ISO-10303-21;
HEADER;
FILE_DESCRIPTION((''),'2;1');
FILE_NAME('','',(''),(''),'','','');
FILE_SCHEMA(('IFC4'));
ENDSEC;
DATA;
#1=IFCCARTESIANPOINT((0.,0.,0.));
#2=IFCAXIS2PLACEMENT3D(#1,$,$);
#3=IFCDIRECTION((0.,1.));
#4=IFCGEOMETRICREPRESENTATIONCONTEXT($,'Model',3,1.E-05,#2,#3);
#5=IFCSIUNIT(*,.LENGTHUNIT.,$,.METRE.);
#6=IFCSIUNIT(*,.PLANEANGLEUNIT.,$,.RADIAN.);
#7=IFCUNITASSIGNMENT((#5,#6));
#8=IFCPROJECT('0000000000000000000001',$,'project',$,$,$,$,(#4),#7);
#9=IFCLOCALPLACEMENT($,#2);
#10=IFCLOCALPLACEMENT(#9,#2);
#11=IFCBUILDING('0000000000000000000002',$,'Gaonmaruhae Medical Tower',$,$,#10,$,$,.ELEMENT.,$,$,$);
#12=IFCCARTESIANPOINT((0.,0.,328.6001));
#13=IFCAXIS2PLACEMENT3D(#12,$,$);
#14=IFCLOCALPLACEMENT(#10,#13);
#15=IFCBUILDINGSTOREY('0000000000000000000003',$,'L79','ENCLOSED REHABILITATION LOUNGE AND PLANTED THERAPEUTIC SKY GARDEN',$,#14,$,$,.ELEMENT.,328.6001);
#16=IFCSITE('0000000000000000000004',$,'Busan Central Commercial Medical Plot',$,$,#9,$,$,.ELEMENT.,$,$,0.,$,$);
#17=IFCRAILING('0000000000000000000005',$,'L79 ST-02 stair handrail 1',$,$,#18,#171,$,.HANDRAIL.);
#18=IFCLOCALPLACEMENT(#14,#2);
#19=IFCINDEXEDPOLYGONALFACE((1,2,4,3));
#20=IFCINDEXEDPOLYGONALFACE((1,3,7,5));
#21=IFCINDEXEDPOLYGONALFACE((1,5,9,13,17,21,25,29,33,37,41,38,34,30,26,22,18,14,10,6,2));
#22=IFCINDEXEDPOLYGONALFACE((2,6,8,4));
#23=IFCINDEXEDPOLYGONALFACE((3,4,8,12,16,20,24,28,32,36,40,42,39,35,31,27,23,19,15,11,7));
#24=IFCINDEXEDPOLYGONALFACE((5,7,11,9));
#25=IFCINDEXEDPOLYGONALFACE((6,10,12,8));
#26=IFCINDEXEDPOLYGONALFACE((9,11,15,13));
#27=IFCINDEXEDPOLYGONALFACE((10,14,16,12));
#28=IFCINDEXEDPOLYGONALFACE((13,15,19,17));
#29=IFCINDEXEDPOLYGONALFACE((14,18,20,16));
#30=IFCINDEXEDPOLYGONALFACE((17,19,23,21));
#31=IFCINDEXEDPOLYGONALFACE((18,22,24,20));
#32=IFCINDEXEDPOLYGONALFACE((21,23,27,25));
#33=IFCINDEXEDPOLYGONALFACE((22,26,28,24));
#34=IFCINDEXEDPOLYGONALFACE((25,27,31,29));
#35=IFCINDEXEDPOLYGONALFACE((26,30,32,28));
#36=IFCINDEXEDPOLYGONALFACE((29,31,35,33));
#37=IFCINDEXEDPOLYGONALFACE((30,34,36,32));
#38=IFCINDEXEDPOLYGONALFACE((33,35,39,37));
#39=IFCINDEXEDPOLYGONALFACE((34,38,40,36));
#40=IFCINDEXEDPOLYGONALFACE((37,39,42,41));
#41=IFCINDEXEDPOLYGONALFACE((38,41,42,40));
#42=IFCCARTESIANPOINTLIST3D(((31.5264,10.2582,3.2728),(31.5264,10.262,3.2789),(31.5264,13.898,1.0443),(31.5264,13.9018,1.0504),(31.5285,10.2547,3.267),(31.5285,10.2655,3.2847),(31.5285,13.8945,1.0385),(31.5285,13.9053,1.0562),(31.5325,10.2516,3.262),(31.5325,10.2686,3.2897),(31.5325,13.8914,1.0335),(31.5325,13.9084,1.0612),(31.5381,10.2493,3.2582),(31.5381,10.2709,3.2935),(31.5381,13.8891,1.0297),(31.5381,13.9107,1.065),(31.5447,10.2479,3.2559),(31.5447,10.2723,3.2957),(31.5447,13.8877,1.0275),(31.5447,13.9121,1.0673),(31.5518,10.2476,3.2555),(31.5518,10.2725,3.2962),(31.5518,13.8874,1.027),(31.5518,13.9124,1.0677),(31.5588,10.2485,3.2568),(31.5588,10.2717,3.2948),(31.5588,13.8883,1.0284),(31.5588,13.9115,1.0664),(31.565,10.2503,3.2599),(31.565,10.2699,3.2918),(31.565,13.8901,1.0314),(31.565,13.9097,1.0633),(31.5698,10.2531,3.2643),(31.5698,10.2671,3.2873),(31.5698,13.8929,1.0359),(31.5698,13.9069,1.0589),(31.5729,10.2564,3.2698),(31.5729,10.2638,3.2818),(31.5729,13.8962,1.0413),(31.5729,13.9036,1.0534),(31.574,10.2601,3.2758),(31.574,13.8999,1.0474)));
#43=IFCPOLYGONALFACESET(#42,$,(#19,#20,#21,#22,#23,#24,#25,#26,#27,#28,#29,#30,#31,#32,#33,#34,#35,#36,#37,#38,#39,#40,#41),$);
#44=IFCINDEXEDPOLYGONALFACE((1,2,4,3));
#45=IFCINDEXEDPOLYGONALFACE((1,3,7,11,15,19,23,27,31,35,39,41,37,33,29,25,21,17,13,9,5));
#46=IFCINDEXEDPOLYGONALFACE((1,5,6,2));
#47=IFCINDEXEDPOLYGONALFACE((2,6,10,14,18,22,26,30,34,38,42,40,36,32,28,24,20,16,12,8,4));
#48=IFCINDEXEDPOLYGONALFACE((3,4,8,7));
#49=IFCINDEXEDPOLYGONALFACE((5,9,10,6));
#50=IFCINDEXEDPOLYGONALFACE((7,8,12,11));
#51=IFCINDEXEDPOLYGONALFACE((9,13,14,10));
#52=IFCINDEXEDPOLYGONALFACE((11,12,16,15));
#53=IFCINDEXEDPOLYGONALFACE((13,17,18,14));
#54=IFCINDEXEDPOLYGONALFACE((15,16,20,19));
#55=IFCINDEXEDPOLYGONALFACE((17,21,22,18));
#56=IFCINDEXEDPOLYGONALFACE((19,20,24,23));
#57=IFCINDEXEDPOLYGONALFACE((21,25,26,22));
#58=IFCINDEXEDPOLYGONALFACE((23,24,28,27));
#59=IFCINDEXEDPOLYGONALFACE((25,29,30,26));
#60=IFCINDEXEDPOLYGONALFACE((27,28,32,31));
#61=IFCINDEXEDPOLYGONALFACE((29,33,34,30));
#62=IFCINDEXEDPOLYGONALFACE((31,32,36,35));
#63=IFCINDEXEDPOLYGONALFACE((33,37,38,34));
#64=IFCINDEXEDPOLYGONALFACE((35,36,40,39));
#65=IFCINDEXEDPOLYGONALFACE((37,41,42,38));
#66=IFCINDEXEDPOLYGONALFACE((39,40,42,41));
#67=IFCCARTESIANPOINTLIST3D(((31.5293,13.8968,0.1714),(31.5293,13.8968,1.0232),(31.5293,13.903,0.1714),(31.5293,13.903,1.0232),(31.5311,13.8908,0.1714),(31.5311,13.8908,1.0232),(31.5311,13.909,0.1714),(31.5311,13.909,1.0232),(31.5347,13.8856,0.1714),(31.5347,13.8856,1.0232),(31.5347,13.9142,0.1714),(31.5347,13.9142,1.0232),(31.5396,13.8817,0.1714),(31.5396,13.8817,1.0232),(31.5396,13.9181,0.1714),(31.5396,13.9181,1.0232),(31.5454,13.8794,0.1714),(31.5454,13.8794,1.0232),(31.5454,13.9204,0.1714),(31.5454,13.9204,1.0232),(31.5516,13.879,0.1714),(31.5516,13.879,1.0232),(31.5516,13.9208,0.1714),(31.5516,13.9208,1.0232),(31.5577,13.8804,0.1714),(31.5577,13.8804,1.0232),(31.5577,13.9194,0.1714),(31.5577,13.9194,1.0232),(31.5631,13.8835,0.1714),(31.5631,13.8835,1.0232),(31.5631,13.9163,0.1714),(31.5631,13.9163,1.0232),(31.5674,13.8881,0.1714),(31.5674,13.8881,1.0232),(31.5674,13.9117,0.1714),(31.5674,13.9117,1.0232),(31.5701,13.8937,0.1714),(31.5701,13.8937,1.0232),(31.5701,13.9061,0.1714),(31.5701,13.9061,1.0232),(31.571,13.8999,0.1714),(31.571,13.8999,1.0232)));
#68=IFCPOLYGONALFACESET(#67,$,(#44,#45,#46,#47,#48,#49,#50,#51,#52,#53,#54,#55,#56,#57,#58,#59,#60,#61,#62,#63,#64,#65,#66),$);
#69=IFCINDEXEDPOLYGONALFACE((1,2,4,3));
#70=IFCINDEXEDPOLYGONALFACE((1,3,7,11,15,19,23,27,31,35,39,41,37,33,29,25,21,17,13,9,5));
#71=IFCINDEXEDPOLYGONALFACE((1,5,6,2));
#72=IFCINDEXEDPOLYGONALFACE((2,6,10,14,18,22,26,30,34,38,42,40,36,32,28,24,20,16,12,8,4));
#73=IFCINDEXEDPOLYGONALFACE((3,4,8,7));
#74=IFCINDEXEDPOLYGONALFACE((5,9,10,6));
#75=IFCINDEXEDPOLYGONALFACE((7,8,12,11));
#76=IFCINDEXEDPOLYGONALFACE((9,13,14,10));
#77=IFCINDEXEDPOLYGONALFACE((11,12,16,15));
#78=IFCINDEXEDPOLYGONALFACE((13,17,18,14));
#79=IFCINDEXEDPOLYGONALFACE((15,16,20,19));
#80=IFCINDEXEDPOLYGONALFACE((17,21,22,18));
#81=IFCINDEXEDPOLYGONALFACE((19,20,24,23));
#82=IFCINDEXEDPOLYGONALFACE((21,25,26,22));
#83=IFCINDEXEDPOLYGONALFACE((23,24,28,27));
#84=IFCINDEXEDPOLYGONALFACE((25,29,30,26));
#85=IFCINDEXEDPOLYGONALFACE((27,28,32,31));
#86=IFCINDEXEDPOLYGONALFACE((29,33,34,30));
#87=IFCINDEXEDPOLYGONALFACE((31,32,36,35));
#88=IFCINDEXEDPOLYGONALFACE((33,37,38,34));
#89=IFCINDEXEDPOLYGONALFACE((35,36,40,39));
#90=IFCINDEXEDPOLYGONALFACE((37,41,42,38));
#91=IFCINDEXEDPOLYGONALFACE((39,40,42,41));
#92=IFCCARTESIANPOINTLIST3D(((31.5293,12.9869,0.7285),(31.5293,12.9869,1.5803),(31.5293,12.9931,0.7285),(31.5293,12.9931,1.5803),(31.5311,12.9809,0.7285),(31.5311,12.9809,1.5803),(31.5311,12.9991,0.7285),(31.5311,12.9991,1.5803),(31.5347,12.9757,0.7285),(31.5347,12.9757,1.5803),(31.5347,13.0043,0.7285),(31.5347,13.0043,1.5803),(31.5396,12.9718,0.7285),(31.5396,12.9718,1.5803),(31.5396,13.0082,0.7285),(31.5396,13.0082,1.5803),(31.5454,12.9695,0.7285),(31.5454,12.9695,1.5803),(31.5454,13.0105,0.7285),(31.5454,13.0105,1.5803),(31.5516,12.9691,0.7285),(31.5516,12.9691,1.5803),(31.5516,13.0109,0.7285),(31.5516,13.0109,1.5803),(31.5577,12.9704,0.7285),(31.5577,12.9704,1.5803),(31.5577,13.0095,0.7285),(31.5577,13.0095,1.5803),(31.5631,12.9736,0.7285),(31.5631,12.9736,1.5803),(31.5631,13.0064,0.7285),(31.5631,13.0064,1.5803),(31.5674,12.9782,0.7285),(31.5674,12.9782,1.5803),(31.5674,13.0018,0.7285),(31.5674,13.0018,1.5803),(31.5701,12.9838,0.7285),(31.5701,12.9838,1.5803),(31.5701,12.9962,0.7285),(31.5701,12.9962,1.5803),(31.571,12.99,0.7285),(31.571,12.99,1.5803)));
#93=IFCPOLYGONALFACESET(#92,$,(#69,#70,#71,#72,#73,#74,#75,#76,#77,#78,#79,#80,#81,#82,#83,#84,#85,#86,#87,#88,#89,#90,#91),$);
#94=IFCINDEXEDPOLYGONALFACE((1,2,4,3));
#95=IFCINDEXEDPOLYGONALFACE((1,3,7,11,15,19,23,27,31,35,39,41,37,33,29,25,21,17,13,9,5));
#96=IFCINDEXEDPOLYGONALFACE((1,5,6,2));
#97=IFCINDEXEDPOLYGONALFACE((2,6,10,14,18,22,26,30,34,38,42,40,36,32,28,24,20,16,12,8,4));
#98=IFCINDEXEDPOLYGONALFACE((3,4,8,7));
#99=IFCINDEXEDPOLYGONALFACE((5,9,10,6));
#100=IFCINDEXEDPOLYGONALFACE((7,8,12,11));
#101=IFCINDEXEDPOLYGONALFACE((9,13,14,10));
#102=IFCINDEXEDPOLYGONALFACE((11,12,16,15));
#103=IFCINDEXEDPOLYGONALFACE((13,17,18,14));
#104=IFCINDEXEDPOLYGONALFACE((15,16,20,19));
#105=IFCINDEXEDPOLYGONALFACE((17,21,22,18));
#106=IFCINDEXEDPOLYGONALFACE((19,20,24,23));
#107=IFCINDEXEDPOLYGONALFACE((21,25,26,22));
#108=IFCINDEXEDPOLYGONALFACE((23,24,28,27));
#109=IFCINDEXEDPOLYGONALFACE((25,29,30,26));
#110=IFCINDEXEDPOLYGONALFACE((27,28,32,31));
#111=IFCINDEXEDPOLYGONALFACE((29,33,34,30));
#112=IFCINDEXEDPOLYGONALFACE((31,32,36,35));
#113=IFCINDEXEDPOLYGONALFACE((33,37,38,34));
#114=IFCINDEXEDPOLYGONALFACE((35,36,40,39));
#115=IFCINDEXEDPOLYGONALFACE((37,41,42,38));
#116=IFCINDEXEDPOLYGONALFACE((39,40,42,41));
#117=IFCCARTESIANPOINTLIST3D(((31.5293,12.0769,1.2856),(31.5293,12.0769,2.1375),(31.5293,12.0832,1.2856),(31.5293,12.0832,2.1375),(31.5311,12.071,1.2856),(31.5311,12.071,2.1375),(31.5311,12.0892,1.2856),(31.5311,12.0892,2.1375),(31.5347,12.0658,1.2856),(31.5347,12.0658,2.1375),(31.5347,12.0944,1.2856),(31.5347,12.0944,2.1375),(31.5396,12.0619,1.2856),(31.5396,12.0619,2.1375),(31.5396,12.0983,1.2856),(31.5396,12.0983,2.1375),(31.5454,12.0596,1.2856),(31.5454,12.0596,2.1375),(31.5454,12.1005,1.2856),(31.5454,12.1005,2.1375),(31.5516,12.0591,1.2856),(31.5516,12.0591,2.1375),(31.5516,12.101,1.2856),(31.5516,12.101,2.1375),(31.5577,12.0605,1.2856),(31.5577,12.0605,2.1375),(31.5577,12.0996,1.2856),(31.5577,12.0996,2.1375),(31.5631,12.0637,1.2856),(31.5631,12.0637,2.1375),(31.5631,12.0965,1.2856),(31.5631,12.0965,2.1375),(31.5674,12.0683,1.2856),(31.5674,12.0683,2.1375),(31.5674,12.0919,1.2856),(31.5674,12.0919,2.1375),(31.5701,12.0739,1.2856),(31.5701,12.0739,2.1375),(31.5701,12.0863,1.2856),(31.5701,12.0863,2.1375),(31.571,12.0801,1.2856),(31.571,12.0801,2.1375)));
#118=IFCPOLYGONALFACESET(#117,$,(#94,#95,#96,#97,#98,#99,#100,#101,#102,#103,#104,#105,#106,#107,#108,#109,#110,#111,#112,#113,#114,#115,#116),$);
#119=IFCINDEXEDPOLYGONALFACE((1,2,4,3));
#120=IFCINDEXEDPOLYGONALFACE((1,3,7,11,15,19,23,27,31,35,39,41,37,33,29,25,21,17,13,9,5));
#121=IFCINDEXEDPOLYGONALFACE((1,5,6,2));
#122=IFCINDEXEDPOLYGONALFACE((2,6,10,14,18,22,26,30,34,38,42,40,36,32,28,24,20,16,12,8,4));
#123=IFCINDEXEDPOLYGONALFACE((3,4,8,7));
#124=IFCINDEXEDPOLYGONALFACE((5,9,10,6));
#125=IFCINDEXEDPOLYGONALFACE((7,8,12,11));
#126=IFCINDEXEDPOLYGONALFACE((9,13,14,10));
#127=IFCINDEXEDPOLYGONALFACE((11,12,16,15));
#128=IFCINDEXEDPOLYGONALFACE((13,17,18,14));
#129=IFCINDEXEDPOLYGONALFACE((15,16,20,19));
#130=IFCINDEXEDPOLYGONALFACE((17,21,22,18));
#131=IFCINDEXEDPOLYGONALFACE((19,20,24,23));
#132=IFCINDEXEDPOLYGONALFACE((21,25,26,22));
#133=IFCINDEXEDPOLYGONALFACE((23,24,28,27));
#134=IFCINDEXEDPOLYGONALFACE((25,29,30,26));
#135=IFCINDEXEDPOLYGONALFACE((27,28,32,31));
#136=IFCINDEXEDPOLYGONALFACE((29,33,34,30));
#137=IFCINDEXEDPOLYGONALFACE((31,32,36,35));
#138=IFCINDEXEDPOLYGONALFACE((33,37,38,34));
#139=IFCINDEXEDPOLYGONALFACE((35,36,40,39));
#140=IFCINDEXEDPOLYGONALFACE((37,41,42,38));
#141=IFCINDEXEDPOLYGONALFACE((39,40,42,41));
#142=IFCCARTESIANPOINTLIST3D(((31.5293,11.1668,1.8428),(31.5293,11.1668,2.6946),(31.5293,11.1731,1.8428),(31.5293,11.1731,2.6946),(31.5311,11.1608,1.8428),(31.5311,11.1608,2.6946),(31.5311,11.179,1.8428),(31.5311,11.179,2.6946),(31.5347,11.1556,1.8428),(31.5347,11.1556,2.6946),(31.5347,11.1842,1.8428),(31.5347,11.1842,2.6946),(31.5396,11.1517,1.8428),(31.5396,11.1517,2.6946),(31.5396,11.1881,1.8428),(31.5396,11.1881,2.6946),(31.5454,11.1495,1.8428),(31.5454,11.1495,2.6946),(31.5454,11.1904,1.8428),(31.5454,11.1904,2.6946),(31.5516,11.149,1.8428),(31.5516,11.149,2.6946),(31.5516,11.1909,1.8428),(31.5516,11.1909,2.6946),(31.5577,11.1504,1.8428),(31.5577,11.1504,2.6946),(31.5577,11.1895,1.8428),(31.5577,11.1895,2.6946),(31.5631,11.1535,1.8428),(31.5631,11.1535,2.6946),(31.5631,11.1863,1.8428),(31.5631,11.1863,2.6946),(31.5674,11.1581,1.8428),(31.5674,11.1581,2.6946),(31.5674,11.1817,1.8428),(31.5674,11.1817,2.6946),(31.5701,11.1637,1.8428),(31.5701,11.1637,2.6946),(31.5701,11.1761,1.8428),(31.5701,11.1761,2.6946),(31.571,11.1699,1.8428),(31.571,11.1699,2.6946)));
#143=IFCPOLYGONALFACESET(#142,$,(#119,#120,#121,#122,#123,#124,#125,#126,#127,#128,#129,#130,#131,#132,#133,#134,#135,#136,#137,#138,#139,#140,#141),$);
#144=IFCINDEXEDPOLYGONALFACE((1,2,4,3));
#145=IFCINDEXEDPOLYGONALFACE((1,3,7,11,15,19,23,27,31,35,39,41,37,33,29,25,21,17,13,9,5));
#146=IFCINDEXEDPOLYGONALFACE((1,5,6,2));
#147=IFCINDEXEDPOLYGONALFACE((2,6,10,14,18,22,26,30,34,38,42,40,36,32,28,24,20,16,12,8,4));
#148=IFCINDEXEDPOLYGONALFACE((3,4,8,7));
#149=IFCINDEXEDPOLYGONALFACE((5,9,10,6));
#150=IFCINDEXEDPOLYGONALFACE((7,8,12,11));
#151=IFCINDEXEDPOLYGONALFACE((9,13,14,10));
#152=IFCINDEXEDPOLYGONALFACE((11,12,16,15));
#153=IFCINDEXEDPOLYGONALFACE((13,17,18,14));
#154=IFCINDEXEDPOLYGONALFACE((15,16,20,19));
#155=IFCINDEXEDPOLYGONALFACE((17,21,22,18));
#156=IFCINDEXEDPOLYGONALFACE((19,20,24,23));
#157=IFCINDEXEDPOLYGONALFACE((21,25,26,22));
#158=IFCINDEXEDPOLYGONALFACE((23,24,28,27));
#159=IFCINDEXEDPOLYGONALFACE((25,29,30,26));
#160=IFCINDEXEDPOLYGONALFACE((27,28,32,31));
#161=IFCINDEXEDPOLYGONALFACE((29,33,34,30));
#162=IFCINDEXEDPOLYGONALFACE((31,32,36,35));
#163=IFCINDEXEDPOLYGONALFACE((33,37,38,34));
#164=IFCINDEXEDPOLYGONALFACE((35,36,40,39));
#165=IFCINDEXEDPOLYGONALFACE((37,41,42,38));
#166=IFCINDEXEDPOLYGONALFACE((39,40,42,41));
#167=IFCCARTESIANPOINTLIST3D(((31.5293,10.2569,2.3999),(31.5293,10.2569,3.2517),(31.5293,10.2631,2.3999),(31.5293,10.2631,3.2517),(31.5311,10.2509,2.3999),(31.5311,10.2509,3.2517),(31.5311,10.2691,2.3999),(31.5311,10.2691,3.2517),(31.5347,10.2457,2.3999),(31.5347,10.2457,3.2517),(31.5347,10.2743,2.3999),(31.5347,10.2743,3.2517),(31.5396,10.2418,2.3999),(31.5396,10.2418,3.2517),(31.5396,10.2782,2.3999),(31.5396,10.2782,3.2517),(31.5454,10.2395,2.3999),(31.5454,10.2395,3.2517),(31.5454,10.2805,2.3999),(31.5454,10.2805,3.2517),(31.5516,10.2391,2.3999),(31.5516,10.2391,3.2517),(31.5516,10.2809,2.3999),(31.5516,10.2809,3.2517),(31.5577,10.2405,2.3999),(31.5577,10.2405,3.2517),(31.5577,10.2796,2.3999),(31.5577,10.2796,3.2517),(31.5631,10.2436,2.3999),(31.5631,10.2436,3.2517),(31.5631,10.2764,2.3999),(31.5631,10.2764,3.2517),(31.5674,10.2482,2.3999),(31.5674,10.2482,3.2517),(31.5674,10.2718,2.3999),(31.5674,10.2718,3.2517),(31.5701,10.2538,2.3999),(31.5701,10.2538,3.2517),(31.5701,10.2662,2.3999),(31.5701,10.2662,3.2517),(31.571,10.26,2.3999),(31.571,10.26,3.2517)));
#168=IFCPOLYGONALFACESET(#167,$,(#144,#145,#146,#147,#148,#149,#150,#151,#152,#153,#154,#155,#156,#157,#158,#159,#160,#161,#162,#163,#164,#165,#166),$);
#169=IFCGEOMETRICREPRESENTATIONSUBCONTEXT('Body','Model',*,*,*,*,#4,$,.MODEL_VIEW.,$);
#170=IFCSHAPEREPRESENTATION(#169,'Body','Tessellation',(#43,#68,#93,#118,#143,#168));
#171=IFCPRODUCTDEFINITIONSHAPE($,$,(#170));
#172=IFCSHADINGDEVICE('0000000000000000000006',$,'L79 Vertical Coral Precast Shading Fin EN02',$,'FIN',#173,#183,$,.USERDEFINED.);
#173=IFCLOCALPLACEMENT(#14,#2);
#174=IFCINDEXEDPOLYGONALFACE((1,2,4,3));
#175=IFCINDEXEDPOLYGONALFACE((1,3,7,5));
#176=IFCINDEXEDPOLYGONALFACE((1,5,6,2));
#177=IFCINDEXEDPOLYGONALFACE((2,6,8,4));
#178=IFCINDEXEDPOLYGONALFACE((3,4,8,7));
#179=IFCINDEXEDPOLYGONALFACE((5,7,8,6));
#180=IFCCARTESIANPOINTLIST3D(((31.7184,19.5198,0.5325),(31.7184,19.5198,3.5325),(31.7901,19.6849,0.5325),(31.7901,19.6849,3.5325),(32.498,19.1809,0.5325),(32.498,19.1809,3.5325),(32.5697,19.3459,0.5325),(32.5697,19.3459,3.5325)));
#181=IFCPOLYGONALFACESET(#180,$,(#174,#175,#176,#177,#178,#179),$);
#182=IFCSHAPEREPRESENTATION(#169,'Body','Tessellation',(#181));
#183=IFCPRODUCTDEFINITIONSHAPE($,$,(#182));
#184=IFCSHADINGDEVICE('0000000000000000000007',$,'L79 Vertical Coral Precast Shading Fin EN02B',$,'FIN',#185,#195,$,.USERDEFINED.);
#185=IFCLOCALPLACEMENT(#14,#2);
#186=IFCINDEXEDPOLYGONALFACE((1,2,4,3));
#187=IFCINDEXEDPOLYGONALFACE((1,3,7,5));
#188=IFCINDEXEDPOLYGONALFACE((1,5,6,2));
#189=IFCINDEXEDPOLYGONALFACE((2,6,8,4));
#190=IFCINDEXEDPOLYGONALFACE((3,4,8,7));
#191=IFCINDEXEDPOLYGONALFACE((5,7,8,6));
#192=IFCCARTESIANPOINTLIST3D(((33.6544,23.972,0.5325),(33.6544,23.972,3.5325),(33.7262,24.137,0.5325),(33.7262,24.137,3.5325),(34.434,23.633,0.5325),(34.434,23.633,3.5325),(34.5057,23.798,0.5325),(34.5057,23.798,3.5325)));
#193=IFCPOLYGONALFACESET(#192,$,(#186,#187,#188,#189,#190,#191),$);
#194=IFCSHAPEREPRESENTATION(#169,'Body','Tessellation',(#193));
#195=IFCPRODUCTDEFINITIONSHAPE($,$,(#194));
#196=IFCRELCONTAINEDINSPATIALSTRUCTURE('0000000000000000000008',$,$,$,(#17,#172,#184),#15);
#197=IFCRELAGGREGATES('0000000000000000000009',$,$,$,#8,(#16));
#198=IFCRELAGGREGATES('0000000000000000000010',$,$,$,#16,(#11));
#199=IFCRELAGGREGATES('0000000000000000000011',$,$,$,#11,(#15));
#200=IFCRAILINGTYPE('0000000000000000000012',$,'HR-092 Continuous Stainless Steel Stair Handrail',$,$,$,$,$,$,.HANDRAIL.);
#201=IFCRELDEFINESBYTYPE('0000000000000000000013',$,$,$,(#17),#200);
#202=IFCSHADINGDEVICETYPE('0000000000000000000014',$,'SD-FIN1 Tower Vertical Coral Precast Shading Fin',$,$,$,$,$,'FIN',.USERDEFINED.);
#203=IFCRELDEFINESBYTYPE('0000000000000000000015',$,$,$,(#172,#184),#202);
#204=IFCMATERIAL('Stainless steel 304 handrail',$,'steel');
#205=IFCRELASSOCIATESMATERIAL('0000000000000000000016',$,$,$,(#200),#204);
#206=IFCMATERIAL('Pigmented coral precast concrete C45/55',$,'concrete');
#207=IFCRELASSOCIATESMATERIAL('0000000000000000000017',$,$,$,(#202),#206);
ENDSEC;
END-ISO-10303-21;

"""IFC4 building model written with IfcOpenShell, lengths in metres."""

from ifc_helpers import new_model, si_unit, direction, frame, origin, origin_2d, place, context, subcontext, project, spatial, rectangle, circle, extrude, material, type_object, element, save


model = new_model("IFC4")

# Units and contexts
model_context = context("Model", 3, precision=1e-05, world=origin(), true_north=direction((0.0, 1.0)))
body_context = subcontext(model_context, "Body", "Model", "MODEL_VIEW")
ifc_project = project(units=[si_unit("LENGTHUNIT", "METRE"), si_unit("PLANEANGLEUNIT", "RADIAN")], contexts=[model_context])

# Site, building, storey
site_placement = place(None, origin())
site = spatial("IfcSite", under=ifc_project, at=site_placement, Name="Busan Central Commercial Medical Plot", CompositionType="ELEMENT", RefElevation=0.0)
building_placement = place(site_placement, origin())
building = spatial("IfcBuilding", under=site, at=building_placement, Name="Gaonmaruhae Medical Tower", CompositionType="ELEMENT")
storey_placement = place(building_placement, frame((0.0, 0.0, 328.6001)))
storey = spatial("IfcBuildingStorey", under=building, at=storey_placement, Name="L79", Description="ENCLOSED REHABILITATION LOUNGE AND PLANTED THERAPEUTIC SKY GARDEN", CompositionType="ELEMENT", Elevation=328.6001)

# Railing
ifc_material_1 = material(Name="Stainless steel 304 handrail", Category="steel")
railing_type_1 = type_object("IfcRailingType", Name="HR-092 Continuous Stainless Steel Stair Handrail", PredefinedType="HANDRAIL", material=ifc_material_1)
railing_1_placement = place(storey_placement, frame((31.55, 13.8999, 0.1714)))
element("IfcRailing", 1, at=railing_1_placement, inside=storey, type_object=railing_type_1, Name="L79 ST-02 stair handrail 1", PredefinedType="HANDRAIL", context=body_context, shape_type="SweptSolid", body=[
    extrude(circle(Radius=0.0239, at=origin_2d()), frame((0.0, 0.0, 0.876), z_axis=(0.0, -0.85285, 0.522156), x_axis=(1.0, 0.0, 0.0)), (0.0, 0.0, 1.0), 4.2678),
    extrude(circle(Radius=0.021, at=origin_2d()), origin(), (0.0, 0.0, 1.0), 0.8518),
    extrude(circle(Radius=0.021, at=origin_2d()), frame((0.0, -0.9099, 0.5571)), (0.0, 0.0, 1.0), 0.8518),
    extrude(circle(Radius=0.021, at=origin_2d()), frame((0.0, -1.8198, 1.1143)), (0.0, 0.0, 1.0), 0.8518),
    extrude(circle(Radius=0.021, at=origin_2d()), frame((0.0, -2.73, 1.6714)), (0.0, 0.0, 1.0), 0.8518),
    extrude(circle(Radius=0.021, at=origin_2d()), frame((0.0, -3.6399, 2.2285)), (0.0, 0.0, 1.0), 0.8518),
])

# Shading devices
ifc_material_2 = material(Name="Pigmented coral precast concrete C45/55", Category="concrete")
shading_device_type = type_object("IfcShadingDeviceType", Name="SD-FIN1 Tower Vertical Coral Precast Shading Fin", ElementType="FIN", PredefinedType="USERDEFINED", material=ifc_material_2)
for number, where, z_axis, x_axis, name in (
    (2, (32.144, 19.4329, 0.5325), (0.0, 0.0, 1.0), (0.398749, 0.91706, 0.0), "L79 Vertical Coral Precast Shading Fin EN02"),
    (3, (34.0801, 23.885, 0.5325), (0.0, 0.0, 1.0), (0.398749, 0.91706, 0.0), "L79 Vertical Coral Precast Shading Fin EN02B"),
):
    element("IfcShadingDevice", number, at=place(storey_placement, frame(where, z_axis=z_axis, x_axis=x_axis)), inside=storey, type_object=shading_device_type, Name=name, ObjectType="FIN", PredefinedType="USERDEFINED", context=body_context, shape_type="SweptSolid", body=[
        extrude(rectangle(XDim=0.1799, YDim=0.8501, at=origin_2d()), origin(), (0.0, 0.0, 1.0), 3.0),
    ])

save(model, "model.ifc")
